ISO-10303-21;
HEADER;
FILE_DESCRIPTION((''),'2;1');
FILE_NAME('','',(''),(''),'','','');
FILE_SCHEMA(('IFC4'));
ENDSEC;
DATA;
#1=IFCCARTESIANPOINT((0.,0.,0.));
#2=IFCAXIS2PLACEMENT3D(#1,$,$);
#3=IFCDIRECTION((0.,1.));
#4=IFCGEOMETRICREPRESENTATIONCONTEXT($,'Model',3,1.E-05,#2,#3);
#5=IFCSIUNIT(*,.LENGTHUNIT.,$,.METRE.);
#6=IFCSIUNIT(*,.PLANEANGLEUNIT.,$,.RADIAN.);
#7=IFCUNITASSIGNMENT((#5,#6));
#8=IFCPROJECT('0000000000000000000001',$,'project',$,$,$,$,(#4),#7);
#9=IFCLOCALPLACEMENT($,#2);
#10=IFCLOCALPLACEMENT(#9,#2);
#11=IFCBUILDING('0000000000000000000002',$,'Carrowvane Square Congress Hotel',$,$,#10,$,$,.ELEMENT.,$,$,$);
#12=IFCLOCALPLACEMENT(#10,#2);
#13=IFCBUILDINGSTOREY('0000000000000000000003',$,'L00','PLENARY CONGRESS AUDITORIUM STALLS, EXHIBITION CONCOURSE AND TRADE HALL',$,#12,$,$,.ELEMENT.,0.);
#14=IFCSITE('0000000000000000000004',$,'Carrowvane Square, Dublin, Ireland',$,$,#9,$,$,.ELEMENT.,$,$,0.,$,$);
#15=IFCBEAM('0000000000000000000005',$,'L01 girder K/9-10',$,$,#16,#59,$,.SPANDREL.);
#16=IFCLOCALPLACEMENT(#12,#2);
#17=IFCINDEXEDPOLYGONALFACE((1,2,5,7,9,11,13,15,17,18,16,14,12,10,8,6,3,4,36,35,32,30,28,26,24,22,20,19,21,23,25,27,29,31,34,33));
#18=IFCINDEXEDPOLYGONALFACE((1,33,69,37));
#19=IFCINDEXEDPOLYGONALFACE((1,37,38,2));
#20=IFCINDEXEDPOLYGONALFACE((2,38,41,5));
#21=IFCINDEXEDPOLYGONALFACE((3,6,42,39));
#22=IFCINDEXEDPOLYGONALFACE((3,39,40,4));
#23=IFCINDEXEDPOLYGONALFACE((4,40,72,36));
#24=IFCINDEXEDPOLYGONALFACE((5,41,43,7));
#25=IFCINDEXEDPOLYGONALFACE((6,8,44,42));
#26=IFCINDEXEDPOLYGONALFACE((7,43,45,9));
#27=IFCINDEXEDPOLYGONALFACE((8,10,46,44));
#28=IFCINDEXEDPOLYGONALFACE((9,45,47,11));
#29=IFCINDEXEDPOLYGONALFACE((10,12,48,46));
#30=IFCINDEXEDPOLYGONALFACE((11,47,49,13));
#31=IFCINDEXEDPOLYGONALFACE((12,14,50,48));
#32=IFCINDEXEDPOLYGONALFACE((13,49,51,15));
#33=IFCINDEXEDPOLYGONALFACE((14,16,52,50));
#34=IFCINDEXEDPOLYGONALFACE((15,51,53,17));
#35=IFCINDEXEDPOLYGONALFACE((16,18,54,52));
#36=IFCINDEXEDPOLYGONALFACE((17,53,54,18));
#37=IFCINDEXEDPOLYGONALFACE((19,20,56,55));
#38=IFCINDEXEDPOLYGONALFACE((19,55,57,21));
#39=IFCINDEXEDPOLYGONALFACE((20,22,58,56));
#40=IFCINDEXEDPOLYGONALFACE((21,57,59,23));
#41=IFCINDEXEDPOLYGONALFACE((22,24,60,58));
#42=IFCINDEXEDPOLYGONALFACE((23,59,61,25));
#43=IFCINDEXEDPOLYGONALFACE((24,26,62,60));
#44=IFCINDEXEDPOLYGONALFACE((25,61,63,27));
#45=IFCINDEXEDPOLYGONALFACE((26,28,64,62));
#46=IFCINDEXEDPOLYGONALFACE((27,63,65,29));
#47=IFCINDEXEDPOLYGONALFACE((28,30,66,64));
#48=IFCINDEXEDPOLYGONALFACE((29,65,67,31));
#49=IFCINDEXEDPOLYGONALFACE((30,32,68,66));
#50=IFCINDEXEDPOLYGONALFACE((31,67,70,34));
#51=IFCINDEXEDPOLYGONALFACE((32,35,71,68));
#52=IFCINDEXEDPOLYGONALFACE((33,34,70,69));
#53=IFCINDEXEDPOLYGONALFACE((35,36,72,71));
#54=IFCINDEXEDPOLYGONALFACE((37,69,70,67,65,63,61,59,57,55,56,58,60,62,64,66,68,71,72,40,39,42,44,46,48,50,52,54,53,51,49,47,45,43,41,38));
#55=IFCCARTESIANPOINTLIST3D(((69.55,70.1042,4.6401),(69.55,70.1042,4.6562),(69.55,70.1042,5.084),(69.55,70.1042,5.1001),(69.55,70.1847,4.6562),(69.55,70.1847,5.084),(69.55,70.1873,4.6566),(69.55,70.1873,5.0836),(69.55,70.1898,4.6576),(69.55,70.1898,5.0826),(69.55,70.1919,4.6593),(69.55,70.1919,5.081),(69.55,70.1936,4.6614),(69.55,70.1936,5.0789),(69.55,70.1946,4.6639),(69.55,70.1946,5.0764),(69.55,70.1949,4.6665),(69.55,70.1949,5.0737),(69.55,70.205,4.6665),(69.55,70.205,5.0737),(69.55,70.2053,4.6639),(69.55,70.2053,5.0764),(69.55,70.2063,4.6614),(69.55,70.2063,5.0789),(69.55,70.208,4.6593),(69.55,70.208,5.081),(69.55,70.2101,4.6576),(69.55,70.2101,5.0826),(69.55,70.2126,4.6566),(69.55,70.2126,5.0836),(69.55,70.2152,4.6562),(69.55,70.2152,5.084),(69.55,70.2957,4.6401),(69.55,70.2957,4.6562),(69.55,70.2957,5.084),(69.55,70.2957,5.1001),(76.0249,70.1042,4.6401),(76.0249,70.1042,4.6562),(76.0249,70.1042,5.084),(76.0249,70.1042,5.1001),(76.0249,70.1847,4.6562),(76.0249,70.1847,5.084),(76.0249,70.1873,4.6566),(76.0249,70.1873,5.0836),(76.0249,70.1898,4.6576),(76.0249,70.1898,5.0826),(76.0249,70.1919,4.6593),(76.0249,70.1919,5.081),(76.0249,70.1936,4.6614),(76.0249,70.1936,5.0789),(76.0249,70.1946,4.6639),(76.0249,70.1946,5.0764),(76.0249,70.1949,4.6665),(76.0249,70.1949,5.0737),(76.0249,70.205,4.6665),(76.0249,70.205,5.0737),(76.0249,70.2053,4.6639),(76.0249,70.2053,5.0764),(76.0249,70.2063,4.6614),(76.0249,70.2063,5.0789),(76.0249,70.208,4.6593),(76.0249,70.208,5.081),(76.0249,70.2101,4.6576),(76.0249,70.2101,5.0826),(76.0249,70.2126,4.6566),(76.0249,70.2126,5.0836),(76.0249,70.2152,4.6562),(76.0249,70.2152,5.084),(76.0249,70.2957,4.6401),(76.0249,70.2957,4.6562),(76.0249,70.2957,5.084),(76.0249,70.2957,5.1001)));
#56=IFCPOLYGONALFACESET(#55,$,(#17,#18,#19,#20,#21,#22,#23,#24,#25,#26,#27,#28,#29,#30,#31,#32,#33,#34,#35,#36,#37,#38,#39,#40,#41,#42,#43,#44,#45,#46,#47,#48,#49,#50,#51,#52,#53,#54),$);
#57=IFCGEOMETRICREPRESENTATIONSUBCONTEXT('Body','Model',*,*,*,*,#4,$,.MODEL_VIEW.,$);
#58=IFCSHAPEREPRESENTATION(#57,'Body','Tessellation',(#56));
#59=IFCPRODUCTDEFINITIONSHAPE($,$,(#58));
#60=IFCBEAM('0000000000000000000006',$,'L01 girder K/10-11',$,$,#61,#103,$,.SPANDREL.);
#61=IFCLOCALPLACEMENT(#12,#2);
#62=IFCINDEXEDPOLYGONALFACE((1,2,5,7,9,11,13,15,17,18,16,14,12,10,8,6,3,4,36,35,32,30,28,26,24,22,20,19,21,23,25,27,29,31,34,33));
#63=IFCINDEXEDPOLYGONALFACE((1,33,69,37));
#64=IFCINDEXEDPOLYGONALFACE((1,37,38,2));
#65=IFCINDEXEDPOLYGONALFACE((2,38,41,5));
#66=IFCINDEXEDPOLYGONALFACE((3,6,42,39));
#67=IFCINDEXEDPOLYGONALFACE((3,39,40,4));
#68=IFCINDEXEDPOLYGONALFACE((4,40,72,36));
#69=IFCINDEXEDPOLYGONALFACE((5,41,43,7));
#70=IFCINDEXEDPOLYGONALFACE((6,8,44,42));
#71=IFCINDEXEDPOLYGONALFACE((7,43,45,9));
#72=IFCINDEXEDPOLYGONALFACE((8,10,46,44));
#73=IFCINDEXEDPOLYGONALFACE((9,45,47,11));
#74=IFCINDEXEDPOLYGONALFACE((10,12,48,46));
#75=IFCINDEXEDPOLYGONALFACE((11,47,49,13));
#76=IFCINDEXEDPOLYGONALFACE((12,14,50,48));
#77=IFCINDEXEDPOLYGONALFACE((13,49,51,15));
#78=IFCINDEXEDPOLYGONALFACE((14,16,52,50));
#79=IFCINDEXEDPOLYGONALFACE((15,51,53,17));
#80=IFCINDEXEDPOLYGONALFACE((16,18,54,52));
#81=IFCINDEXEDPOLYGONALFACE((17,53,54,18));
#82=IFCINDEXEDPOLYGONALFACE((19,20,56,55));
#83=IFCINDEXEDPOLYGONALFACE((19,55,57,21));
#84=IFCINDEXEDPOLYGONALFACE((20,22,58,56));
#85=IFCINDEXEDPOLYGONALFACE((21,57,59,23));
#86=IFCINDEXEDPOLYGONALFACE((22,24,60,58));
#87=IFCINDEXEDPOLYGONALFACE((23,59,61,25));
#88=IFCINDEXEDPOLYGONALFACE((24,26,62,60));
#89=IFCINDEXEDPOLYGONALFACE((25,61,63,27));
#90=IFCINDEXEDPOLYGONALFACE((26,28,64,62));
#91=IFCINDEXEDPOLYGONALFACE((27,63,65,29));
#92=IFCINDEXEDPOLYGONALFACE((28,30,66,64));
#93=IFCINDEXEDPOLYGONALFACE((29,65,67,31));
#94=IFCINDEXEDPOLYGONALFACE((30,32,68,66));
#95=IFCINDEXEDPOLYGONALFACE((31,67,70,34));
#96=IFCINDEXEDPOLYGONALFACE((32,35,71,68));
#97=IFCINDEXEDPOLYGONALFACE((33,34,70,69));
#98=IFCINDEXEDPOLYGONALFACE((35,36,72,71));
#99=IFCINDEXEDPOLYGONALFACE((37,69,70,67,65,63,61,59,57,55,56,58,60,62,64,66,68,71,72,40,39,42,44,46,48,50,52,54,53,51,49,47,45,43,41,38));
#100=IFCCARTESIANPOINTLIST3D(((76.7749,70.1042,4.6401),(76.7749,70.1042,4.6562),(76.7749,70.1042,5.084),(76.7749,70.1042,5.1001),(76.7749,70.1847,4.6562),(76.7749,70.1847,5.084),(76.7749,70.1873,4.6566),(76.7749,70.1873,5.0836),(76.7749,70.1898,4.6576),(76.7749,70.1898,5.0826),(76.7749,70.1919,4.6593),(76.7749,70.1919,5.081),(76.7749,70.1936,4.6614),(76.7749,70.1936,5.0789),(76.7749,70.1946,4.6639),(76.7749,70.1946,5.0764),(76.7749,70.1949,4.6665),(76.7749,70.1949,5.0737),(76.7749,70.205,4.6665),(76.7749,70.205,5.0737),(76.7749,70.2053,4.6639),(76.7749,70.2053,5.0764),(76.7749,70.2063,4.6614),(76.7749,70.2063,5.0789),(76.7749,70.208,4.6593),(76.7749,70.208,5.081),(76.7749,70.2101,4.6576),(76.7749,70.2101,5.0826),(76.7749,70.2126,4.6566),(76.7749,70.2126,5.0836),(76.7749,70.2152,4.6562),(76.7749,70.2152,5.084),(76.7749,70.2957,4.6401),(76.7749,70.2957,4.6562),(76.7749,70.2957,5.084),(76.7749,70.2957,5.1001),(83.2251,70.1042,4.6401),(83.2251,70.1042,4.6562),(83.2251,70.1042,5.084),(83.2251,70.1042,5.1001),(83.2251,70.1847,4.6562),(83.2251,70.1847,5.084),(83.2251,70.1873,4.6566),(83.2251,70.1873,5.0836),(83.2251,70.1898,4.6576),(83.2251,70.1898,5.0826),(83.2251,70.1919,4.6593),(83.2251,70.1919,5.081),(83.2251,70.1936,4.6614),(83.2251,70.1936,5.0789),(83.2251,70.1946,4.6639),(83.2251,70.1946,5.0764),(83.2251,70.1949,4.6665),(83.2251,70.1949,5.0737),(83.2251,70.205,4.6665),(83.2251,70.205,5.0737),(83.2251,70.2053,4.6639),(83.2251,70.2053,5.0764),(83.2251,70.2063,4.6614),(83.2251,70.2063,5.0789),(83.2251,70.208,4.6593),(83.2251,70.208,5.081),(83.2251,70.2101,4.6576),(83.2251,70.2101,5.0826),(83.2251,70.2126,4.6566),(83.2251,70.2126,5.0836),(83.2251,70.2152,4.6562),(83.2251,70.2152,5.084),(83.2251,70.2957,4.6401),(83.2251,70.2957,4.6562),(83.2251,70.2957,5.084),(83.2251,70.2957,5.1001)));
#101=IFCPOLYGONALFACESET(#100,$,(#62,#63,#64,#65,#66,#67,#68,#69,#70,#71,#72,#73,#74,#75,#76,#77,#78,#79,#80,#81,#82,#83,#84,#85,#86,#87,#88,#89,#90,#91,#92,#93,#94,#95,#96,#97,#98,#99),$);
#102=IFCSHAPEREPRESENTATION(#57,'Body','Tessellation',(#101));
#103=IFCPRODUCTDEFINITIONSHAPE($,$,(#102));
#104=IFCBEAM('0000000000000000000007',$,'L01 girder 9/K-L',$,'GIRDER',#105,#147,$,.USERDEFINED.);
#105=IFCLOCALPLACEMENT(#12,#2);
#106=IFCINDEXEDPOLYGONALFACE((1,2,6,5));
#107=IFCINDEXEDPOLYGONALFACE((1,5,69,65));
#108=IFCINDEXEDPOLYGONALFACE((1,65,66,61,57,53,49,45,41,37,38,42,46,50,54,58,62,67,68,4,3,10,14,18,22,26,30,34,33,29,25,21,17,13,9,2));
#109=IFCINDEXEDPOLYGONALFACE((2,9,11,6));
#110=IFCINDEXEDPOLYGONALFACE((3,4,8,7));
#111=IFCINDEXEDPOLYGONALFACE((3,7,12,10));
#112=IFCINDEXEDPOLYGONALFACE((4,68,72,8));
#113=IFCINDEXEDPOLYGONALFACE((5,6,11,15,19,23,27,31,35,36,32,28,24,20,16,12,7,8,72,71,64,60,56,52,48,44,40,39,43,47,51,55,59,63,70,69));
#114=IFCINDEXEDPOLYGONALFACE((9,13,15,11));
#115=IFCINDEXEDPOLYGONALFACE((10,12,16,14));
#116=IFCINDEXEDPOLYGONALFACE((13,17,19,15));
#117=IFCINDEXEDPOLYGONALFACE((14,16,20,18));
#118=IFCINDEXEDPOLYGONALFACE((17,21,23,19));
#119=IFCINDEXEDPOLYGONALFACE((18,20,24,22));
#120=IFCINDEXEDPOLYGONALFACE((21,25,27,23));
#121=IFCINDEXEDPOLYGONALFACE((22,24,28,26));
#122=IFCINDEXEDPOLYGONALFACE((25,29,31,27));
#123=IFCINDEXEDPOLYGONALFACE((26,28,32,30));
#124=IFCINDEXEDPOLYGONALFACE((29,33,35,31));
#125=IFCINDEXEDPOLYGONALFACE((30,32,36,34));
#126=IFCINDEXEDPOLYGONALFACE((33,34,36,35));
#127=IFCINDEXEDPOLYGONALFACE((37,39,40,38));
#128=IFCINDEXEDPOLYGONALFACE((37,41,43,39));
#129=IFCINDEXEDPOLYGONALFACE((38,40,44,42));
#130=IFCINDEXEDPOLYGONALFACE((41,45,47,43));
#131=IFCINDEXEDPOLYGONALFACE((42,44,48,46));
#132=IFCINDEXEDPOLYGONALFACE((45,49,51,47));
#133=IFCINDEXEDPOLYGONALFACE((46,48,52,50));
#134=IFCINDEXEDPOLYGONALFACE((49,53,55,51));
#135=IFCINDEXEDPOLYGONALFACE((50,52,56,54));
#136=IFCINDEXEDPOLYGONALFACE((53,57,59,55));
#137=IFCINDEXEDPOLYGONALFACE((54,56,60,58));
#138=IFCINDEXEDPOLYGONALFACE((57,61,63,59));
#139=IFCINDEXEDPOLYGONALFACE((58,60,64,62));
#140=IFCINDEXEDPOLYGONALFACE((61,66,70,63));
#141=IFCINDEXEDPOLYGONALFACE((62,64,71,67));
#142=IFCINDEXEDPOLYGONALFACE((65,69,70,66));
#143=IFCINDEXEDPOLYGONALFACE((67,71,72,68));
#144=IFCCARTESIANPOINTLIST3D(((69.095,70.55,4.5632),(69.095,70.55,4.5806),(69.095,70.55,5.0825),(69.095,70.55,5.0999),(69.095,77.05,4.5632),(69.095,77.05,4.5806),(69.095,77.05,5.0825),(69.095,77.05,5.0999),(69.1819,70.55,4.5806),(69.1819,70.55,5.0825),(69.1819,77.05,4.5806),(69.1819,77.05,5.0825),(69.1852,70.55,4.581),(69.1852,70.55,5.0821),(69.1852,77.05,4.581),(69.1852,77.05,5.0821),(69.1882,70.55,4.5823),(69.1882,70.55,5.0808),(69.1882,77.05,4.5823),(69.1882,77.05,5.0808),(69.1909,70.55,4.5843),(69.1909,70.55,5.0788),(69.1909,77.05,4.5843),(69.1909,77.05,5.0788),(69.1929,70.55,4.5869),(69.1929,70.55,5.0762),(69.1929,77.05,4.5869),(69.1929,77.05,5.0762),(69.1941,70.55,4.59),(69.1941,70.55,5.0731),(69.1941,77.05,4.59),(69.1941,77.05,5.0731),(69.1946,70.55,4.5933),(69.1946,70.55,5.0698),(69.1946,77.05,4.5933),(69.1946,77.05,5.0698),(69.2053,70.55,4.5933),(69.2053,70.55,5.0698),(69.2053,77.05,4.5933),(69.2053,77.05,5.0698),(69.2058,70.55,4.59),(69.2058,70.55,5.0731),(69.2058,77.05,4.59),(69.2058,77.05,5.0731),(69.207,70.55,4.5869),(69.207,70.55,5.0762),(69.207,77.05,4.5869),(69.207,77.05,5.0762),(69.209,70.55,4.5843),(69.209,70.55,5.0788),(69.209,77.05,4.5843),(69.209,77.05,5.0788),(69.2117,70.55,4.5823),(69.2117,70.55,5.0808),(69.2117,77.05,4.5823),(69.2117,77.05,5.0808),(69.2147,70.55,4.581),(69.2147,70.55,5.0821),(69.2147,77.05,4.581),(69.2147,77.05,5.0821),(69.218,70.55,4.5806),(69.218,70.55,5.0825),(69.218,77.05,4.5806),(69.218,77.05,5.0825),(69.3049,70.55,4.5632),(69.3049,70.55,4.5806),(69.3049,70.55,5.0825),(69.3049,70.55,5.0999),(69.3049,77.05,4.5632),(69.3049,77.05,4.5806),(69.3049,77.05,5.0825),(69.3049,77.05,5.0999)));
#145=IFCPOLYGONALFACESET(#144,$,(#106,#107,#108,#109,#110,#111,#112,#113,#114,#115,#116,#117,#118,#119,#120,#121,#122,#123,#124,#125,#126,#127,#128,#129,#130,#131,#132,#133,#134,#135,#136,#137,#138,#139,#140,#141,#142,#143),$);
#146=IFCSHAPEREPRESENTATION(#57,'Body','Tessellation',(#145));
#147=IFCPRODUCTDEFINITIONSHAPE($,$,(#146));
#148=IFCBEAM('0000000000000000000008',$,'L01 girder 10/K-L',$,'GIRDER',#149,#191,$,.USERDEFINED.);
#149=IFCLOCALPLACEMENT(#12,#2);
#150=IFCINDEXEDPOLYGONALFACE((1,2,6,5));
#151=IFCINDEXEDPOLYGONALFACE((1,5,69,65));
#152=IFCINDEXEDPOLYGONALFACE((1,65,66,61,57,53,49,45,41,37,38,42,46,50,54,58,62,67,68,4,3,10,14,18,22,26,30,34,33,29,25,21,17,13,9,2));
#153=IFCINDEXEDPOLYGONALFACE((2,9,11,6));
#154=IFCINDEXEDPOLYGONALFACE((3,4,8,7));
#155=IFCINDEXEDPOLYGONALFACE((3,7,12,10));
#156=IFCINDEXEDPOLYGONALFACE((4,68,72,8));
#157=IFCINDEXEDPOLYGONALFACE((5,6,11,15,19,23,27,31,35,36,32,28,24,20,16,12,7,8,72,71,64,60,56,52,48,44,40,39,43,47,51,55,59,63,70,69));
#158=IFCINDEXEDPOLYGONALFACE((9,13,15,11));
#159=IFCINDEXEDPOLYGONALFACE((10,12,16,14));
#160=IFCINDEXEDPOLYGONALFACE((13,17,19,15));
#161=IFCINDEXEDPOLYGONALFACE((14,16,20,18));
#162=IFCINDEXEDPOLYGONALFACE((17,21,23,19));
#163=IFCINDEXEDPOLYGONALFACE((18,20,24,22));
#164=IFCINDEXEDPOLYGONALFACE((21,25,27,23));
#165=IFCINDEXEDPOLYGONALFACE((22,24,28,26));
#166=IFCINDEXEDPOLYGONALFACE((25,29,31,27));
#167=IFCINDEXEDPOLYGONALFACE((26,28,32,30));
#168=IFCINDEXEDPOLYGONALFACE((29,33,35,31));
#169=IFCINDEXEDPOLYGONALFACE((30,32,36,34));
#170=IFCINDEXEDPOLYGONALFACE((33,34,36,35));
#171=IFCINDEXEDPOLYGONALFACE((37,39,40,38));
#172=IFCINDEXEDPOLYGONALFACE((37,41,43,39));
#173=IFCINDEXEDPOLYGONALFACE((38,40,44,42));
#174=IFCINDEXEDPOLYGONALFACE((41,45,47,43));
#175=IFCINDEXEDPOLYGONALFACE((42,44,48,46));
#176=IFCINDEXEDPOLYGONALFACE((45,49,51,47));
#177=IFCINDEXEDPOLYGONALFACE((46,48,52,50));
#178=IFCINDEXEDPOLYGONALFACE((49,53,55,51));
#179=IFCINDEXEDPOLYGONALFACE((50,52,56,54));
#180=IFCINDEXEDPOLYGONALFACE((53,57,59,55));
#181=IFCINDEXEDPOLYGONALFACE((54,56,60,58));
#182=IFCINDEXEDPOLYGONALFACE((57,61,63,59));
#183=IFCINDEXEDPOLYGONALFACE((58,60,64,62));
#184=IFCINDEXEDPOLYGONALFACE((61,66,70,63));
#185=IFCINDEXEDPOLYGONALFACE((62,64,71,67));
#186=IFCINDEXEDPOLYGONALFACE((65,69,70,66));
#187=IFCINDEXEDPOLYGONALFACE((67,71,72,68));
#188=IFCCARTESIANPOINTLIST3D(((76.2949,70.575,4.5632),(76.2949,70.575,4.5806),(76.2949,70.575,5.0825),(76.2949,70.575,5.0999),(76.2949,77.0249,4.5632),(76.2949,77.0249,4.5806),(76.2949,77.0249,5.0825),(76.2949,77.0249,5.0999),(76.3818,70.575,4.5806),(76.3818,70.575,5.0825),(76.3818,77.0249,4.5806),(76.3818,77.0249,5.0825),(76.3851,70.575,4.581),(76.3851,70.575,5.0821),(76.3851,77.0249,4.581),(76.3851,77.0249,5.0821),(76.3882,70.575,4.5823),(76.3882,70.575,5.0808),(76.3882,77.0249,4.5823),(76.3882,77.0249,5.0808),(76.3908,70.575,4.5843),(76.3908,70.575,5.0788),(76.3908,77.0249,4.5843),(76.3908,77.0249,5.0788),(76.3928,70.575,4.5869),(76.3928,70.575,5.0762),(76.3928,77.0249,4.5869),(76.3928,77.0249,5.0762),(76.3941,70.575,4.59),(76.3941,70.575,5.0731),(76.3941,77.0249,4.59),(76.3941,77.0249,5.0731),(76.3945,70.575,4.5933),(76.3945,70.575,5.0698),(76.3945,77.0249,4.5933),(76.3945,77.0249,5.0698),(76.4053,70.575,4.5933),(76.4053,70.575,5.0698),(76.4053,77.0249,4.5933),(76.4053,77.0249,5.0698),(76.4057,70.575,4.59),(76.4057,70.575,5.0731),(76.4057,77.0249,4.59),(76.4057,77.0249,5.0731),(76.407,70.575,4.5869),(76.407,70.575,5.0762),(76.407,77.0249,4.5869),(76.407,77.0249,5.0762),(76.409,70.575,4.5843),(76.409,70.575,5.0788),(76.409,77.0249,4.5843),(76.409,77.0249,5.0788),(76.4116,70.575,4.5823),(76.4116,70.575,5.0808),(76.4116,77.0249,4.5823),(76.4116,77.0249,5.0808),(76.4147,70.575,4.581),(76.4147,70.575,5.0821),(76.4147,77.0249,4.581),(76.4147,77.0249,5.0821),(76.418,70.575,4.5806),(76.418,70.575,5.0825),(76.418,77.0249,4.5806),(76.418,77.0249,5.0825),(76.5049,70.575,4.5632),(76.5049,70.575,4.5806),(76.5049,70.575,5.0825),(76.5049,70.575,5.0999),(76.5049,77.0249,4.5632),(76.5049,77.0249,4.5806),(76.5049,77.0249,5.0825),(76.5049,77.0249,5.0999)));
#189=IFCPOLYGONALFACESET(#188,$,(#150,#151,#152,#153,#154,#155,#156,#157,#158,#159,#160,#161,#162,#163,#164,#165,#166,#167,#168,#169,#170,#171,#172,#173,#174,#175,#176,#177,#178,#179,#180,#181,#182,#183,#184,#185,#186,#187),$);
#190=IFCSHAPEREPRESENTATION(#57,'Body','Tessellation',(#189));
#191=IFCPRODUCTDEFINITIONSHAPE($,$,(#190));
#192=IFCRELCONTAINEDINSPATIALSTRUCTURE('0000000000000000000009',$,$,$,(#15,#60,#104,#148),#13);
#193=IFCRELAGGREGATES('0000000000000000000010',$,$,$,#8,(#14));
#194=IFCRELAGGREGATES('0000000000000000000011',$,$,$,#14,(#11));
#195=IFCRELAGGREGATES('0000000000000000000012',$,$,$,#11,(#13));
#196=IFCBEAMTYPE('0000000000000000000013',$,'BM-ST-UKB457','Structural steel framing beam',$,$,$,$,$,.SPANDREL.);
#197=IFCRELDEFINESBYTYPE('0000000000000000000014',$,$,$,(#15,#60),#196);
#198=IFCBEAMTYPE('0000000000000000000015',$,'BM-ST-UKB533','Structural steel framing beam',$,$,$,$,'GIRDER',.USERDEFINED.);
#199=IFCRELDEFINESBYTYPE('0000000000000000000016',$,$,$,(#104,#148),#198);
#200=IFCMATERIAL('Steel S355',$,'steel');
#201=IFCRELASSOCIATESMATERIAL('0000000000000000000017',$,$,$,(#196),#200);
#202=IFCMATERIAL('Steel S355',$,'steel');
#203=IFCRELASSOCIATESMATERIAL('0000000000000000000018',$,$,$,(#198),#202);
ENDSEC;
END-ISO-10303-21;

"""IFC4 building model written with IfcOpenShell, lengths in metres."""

from ifc_helpers import new_model, si_unit, direction, frame, origin, origin_2d, place, context, subcontext, project, spatial, i_section, extrude, material, material_profile, profile_set, type_object, element, save


model = new_model("IFC4")

# Units and contexts
model_context = context("Model", 3, precision=1e-05, world=origin(), true_north=direction((0.0, 1.0)))
body_context = subcontext(model_context, "Body", "Model", "MODEL_VIEW")
ifc_project = project(units=[si_unit("LENGTHUNIT", "METRE"), si_unit("PLANEANGLEUNIT", "RADIAN")], contexts=[model_context])

# Site, building, storey
site_placement = place(None, origin())
site = spatial("IfcSite", under=ifc_project, at=site_placement, Name="Carrowvane Square, Dublin, Ireland", CompositionType="ELEMENT", RefElevation=0.0)
building_placement = place(site_placement, origin())
building = spatial("IfcBuilding", under=site, at=building_placement, Name="Carrowvane Square Congress Hotel", CompositionType="ELEMENT")
storey_placement = place(building_placement, origin())
storey = spatial("IfcBuildingStorey", under=building, at=storey_placement, Name="L00", Description="PLENARY CONGRESS AUDITORIUM STALLS, EXHIBITION CONCOURSE AND TRADE HALL", CompositionType="ELEMENT", Elevation=0.0)

# Beams
ifc_material_1 = material(Name="Steel S355", Category="steel")
ifc_material_profile_1 = material_profile(ifc_material_1, i_section(OverallWidth=0.1914, OverallDepth=0.46, WebThickness=0.01, FlangeThickness=0.0161, FilletRadius=0.0103, at=origin_2d()), Name="UKB 457x191x82")
ifc_profile_set_1 = profile_set([ifc_material_profile_1], Name="Steel S355")
beam_type_1 = type_object("IfcBeamType", Name="BM-ST-UKB457", Description="Structural steel framing beam", PredefinedType="SPANDREL", material=ifc_profile_set_1)
beam_1_placement = place(storey_placement, frame((69.55, 70.2, 4.8701), z_axis=(1.0, 0.0, 0.0), x_axis=(0.0, 1.0, 0.0)))
element("IfcBeam", 1, at=beam_1_placement, inside=storey, type_object=beam_type_1, Name="L01 girder K/9-10", PredefinedType="SPANDREL", context=body_context, shape_type="SweptSolid", body=[
    extrude(i_section(OverallWidth=0.1914, OverallDepth=0.46, WebThickness=0.01, FlangeThickness=0.0161, FilletRadius=0.0103, at=origin_2d()), origin(), (0.0, 0.0, 1.0), 6.4749),
])
beam_2_placement = place(storey_placement, frame((76.7749, 70.2, 4.8701), z_axis=(1.0, 0.0, 0.0), x_axis=(0.0, 1.0, 0.0)))
element("IfcBeam", 2, at=beam_2_placement, inside=storey, type_object=beam_type_1, Name="L01 girder K/10-11", PredefinedType="SPANDREL", context=body_context, shape_type="SweptSolid", body=[
    extrude(i_section(OverallWidth=0.1914, OverallDepth=0.46, WebThickness=0.01, FlangeThickness=0.0161, FilletRadius=0.0103, at=origin_2d()), origin(), (0.0, 0.0, 1.0), 6.4502),
])
ifc_material_2 = material(Name="Steel S355", Category="steel")
ifc_material_profile_2 = material_profile(ifc_material_2, i_section(OverallWidth=0.21, OverallDepth=0.5366, WebThickness=0.0107, FlangeThickness=0.0173, FilletRadius=0.0127, at=origin_2d()), Name="UKB 533x210x101")
ifc_profile_set_2 = profile_set([ifc_material_profile_2], Name="Steel S355")
beam_type_2 = type_object("IfcBeamType", Name="BM-ST-UKB533", Description="Structural steel framing beam", ElementType="GIRDER", PredefinedType="USERDEFINED", material=ifc_profile_set_2)
beam_3_placement = place(storey_placement, frame((69.2, 70.55, 4.8315), z_axis=(0.0, 1.0, 0.0), x_axis=(-1.0, 0.0, 0.0)))
element("IfcBeam", 3, at=beam_3_placement, inside=storey, type_object=beam_type_2, Name="L01 girder 9/K-L", ObjectType="GIRDER", PredefinedType="USERDEFINED", context=body_context, shape_type="SweptSolid", body=[
    extrude(i_section(OverallWidth=0.21, OverallDepth=0.5366, WebThickness=0.0107, FlangeThickness=0.0173, FilletRadius=0.0127, at=origin_2d()), origin(), (0.0, 0.0, 1.0), 6.5),
])
beam_4_placement = place(storey_placement, frame((76.3999, 70.575, 4.8315), z_axis=(0.0, 1.0, 0.0), x_axis=(-1.0, 0.0, 0.0)))
element("IfcBeam", 4, at=beam_4_placement, inside=storey, type_object=beam_type_2, Name="L01 girder 10/K-L", ObjectType="GIRDER", PredefinedType="USERDEFINED", context=body_context, shape_type="SweptSolid", body=[
    extrude(i_section(OverallWidth=0.21, OverallDepth=0.5366, WebThickness=0.0107, FlangeThickness=0.0173, FilletRadius=0.0127, at=origin_2d()), origin(), (0.0, 0.0, 1.0), 6.45),
])

save(model, "model.ifc")
